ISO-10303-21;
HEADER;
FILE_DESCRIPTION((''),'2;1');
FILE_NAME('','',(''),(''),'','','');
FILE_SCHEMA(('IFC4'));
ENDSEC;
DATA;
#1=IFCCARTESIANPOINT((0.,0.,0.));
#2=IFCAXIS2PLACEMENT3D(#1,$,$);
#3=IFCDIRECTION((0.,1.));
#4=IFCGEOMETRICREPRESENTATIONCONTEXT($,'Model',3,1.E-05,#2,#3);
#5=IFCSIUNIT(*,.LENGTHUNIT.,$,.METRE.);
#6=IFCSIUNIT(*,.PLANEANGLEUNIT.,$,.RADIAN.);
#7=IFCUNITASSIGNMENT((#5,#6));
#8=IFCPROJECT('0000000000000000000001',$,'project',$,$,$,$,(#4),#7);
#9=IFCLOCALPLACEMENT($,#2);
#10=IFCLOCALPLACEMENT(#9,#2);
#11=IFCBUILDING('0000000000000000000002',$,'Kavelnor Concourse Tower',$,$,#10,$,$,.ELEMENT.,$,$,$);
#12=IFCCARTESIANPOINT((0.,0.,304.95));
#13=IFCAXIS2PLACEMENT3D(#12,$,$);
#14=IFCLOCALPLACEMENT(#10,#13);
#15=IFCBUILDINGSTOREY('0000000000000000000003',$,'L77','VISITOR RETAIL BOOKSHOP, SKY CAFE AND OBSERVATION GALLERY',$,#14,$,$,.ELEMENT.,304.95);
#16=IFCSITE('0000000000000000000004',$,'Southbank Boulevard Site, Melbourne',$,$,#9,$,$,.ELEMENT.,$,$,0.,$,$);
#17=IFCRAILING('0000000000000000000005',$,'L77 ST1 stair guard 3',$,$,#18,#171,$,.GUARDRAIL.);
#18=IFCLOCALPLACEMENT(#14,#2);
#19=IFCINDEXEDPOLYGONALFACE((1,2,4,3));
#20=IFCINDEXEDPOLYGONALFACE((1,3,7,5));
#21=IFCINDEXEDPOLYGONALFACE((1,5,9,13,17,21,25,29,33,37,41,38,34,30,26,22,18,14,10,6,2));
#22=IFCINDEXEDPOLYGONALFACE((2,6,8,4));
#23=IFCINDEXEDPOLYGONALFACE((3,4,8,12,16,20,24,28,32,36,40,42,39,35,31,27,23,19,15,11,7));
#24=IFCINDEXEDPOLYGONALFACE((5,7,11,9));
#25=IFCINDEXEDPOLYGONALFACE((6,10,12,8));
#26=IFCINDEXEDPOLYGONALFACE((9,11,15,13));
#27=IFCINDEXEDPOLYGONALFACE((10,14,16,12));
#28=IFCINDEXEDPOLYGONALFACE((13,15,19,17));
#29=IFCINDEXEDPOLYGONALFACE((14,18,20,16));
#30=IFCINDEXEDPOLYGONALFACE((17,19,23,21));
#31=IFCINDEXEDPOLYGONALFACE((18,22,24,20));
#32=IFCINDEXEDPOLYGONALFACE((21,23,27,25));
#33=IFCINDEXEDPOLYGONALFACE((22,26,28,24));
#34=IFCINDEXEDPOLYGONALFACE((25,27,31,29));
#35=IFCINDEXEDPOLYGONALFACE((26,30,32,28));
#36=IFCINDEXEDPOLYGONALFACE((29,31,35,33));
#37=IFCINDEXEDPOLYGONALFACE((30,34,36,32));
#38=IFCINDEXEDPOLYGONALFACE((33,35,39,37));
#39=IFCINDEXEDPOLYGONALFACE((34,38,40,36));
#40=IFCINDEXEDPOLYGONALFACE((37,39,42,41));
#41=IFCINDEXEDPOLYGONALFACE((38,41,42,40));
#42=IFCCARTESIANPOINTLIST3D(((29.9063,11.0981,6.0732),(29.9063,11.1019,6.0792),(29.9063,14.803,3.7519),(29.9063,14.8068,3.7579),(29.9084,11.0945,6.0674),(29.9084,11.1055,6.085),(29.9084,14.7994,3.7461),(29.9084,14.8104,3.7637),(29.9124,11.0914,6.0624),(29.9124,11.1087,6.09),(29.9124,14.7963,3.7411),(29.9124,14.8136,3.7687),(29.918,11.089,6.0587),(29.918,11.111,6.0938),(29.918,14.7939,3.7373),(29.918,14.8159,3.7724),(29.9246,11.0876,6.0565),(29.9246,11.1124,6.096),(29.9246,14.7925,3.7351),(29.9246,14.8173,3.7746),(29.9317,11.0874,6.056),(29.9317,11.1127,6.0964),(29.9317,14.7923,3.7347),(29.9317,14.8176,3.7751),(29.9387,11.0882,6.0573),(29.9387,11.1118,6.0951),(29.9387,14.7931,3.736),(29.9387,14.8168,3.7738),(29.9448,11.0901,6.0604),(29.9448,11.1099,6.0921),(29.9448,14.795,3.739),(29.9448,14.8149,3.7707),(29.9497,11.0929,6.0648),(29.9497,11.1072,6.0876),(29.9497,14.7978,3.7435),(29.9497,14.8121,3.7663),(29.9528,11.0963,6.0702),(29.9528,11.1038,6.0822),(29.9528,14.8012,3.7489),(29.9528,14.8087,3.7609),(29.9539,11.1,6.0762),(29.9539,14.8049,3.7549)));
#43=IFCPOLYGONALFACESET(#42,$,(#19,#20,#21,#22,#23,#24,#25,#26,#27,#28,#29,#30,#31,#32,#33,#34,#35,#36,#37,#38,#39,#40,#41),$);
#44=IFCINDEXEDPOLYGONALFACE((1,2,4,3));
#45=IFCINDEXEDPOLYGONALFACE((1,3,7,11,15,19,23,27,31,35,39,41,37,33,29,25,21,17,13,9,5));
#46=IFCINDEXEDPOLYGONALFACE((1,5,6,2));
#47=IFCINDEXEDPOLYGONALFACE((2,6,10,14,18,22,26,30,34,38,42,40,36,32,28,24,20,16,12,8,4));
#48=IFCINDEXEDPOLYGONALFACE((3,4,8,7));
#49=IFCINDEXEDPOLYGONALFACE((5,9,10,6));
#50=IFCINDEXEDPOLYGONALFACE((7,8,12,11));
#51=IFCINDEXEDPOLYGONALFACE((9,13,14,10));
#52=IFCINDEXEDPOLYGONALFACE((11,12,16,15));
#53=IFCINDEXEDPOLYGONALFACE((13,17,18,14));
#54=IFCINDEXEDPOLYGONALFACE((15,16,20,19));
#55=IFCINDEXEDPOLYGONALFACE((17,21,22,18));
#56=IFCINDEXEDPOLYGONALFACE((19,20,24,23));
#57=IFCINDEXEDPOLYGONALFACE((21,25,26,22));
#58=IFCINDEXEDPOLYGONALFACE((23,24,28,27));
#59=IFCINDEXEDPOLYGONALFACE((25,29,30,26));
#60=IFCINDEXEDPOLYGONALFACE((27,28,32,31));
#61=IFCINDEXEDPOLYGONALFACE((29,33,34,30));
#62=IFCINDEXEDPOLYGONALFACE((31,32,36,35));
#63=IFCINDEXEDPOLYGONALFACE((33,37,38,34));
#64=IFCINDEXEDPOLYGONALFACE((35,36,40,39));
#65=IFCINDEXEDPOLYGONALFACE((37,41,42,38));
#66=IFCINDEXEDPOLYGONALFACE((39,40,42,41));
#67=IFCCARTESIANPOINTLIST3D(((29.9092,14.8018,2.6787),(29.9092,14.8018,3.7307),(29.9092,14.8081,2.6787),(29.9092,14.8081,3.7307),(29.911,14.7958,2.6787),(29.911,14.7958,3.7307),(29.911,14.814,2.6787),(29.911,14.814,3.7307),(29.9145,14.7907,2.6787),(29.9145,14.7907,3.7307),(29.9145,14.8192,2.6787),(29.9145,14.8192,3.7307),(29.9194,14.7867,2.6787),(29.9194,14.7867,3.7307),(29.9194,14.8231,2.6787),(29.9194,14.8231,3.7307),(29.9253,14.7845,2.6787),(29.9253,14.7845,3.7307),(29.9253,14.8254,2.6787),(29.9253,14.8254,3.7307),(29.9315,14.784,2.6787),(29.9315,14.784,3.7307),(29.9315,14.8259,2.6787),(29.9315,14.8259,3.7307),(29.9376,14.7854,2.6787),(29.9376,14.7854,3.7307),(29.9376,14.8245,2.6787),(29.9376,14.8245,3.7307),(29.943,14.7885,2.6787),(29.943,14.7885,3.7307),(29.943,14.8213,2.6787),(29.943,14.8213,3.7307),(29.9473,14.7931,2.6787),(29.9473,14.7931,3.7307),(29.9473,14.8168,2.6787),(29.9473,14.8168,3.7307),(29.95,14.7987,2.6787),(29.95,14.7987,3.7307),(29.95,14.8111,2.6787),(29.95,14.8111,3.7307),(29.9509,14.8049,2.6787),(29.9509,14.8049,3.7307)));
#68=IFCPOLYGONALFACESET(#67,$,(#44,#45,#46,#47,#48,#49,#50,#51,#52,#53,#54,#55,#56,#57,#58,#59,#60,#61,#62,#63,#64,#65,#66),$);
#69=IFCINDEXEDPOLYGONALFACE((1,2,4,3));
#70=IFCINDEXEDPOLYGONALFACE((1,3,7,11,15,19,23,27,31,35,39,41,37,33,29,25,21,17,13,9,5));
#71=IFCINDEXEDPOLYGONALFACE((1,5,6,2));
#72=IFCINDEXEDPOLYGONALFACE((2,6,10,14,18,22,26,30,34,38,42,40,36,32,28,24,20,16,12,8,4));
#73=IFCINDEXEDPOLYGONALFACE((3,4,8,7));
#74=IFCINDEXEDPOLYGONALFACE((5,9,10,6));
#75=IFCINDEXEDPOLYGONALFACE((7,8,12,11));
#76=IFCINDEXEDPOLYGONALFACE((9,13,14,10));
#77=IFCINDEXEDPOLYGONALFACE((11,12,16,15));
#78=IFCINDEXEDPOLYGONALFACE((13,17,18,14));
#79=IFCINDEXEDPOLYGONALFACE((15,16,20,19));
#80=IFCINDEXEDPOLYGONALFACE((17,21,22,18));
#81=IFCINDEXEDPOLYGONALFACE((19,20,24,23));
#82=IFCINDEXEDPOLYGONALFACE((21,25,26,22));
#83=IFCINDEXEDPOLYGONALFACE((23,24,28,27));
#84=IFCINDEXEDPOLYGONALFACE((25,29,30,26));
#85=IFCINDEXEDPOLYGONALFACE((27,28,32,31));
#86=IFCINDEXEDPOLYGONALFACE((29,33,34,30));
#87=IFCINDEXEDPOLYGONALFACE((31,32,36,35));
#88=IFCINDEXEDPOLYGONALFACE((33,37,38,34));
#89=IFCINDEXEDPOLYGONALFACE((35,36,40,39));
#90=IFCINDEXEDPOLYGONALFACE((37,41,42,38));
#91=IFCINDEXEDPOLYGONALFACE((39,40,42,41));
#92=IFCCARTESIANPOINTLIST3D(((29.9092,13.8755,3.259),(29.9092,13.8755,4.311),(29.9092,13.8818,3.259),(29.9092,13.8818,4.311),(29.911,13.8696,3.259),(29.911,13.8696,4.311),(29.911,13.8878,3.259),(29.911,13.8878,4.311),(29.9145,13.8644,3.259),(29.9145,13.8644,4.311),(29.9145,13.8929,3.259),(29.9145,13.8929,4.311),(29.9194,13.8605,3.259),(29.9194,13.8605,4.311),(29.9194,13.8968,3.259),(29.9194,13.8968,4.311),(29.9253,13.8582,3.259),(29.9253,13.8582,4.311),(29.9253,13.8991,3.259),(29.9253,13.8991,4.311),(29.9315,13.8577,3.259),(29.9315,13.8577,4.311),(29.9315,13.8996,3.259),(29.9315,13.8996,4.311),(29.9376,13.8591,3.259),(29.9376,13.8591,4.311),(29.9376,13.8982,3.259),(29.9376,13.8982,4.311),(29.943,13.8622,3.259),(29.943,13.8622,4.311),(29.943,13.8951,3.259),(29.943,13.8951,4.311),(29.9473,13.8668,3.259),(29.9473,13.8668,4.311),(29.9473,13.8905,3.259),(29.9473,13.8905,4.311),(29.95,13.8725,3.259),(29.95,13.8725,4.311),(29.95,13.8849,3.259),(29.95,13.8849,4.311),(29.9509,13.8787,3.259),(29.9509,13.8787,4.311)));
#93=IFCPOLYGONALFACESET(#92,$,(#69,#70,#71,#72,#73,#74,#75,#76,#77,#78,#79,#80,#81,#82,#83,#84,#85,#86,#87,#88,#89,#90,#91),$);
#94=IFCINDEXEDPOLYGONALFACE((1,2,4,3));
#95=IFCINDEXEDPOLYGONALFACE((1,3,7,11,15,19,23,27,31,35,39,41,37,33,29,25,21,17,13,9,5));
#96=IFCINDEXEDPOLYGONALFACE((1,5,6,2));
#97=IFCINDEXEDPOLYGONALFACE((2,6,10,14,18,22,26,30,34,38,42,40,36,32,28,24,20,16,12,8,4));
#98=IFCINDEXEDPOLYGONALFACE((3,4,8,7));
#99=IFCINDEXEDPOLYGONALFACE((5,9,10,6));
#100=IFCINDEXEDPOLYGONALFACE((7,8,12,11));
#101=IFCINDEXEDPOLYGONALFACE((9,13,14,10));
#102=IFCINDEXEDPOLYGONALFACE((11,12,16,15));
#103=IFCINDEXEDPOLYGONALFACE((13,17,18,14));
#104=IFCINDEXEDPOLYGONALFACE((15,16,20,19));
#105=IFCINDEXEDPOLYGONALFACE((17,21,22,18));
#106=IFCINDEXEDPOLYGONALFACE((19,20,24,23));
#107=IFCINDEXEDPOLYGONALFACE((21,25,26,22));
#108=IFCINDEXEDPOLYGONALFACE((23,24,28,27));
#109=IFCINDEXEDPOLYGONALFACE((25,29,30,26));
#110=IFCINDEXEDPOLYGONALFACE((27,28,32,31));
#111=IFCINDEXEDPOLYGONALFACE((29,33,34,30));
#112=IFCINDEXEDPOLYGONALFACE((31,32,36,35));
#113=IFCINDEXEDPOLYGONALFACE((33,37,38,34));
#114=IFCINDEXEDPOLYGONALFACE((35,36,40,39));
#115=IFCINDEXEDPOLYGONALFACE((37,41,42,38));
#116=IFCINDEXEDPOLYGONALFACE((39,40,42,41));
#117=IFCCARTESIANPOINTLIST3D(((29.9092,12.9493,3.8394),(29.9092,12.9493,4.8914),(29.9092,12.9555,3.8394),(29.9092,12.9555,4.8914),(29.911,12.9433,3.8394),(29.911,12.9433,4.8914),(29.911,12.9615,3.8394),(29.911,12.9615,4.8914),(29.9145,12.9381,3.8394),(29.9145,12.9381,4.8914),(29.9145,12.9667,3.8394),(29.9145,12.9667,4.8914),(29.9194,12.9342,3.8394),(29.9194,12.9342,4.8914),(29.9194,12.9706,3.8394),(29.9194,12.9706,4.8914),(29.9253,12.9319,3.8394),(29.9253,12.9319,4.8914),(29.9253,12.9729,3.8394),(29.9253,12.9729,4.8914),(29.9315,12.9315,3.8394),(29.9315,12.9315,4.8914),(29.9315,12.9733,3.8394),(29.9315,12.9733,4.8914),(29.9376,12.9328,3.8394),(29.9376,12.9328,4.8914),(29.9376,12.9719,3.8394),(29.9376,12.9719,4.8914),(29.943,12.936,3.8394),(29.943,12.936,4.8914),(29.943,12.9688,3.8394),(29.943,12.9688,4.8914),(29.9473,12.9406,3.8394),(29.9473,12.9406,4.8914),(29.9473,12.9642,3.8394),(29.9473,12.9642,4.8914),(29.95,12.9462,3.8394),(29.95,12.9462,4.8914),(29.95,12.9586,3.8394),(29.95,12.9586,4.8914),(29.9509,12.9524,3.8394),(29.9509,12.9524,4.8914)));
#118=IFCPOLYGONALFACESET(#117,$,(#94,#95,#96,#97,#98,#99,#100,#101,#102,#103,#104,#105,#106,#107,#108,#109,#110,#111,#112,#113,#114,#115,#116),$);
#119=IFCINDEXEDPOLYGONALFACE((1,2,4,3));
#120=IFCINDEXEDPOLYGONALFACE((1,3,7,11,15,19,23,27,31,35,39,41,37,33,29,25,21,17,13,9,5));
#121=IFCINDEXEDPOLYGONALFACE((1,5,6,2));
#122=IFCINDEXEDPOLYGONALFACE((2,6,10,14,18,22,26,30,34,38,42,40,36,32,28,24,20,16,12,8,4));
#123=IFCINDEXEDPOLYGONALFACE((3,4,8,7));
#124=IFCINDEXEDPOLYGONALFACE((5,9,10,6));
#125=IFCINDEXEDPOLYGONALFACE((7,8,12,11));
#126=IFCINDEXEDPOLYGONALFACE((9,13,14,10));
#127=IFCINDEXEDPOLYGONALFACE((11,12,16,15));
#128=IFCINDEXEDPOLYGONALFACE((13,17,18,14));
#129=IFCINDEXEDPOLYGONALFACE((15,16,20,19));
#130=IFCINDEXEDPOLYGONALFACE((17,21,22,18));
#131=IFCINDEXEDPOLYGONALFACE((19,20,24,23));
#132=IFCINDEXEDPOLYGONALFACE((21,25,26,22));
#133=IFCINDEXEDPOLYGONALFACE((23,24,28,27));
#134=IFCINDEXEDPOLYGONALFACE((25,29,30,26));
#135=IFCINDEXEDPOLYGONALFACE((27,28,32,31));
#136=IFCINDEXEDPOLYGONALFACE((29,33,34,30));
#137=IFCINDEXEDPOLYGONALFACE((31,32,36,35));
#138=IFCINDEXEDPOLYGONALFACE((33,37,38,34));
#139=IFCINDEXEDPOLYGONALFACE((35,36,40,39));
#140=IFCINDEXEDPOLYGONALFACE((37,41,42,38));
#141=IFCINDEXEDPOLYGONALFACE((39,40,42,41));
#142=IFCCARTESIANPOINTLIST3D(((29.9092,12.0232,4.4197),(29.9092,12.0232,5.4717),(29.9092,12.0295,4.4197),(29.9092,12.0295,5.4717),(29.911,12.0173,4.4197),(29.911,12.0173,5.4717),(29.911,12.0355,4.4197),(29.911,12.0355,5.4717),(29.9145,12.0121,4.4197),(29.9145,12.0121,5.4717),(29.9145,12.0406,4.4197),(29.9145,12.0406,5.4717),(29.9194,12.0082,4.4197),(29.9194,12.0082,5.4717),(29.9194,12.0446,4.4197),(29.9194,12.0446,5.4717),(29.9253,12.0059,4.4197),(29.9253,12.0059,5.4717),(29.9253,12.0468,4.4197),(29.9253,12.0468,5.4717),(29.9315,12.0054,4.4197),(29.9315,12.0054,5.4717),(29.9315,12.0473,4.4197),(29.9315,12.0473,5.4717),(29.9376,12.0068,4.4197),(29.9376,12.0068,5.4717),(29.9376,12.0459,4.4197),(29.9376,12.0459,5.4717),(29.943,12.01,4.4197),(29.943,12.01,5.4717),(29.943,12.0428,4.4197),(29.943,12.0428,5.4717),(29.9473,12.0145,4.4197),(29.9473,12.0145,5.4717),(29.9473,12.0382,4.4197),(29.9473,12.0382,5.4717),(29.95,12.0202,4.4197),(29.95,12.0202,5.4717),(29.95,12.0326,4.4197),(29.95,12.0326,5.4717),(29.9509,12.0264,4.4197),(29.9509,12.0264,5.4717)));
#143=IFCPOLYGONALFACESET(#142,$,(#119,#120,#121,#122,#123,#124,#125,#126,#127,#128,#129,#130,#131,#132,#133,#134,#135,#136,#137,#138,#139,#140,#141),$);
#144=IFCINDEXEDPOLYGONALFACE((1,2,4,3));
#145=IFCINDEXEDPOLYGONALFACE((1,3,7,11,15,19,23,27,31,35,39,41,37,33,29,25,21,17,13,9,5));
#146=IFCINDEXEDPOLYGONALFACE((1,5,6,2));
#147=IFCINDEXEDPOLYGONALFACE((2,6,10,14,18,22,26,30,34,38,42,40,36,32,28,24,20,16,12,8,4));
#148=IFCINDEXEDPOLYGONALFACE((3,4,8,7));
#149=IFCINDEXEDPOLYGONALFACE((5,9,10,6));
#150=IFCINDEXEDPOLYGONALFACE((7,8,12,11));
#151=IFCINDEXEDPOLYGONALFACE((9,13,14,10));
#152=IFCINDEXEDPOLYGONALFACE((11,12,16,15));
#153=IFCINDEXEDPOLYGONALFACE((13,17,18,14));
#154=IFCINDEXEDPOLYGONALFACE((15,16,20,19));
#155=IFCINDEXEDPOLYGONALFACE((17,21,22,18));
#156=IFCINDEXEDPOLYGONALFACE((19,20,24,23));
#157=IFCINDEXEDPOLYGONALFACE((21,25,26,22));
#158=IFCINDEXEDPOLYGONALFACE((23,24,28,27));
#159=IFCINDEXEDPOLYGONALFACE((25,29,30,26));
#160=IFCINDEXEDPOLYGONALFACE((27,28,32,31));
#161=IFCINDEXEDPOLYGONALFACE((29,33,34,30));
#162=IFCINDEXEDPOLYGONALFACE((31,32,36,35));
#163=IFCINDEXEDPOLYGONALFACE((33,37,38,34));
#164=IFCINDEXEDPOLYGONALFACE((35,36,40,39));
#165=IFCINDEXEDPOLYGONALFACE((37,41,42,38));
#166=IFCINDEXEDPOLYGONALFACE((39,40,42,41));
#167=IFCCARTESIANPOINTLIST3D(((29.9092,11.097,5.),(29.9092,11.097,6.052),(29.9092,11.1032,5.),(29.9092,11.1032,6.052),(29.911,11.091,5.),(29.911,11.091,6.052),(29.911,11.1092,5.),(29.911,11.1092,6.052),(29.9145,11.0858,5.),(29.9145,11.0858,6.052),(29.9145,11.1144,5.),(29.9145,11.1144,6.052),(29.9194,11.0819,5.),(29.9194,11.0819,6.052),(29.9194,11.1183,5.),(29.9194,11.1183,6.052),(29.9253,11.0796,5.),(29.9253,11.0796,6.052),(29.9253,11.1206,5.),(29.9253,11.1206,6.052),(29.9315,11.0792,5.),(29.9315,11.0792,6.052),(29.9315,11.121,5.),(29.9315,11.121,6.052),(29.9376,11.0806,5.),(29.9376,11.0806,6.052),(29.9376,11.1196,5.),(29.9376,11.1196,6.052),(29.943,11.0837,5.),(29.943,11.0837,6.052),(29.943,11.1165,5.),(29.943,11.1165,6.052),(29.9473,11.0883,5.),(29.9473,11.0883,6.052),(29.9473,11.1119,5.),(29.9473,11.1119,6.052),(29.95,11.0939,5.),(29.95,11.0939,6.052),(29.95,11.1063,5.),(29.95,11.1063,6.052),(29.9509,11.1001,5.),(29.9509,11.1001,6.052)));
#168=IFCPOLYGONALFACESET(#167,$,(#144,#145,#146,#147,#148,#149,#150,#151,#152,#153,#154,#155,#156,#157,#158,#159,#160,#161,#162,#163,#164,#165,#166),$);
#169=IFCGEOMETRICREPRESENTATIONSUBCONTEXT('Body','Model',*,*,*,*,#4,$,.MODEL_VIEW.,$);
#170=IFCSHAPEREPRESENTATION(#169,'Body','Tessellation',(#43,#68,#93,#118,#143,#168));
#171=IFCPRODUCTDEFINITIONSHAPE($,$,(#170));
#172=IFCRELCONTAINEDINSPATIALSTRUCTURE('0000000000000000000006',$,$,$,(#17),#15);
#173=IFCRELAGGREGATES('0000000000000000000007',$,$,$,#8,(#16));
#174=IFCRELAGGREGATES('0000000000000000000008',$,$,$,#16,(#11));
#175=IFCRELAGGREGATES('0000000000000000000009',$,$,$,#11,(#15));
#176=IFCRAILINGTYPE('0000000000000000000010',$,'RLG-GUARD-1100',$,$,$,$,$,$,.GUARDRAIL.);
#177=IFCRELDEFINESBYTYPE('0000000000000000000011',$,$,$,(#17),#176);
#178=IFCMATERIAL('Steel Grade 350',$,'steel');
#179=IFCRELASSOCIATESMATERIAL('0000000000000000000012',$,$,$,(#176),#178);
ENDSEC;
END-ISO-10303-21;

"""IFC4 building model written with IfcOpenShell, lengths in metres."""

from ifc_helpers import new_model, si_unit, direction, frame, origin, origin_2d, place, context, subcontext, project, spatial, circle, extrude, material, type_object, element, save


model = new_model("IFC4")

# Units and contexts
model_context = context("Model", 3, precision=1e-05, world=origin(), true_north=direction((0.0, 1.0)))
body_context = subcontext(model_context, "Body", "Model", "MODEL_VIEW")
ifc_project = project(units=[si_unit("LENGTHUNIT", "METRE"), si_unit("PLANEANGLEUNIT", "RADIAN")], contexts=[model_context])

# Site, building, storey
site_placement = place(None, origin())
site = spatial("IfcSite", under=ifc_project, at=site_placement, Name="Southbank Boulevard Site, Melbourne", CompositionType="ELEMENT", RefElevation=0.0)
building_placement = place(site_placement, origin())
building = spatial("IfcBuilding", under=site, at=building_placement, Name="Kavelnor Concourse Tower", CompositionType="ELEMENT")
storey_placement = place(building_placement, frame((0.0, 0.0, 304.95)))
storey = spatial("IfcBuildingStorey", under=building, at=storey_placement, Name="L77", Description="VISITOR RETAIL BOOKSHOP, SKY CAFE AND OBSERVATION GALLERY", CompositionType="ELEMENT", Elevation=304.95)

# Shared definitions
ifc_material_1 = material(Name="Steel Grade 350", Category="steel")

# Railing
railing_type_1 = type_object("IfcRailingType", Name="RLG-GUARD-1100", PredefinedType="GUARDRAIL", material=ifc_material_1)
railing_1_placement = place(storey_placement, frame((29.9299, 14.8049, 2.6787)))
element("IfcRailing", 1, at=railing_1_placement, inside=storey, type_object=railing_type_1, Name="L77 ST1 stair guard 3", PredefinedType="GUARDRAIL", context=body_context, shape_type="SweptSolid", body=[
    extrude(circle(Radius=0.0239, at=origin_2d()), frame((0.0, 0.0, 1.0762), z_axis=(0.0, -0.847405, 0.530947), x_axis=(1.0, 0.0, 0.0)), (0.0, 0.0, 1.0), 4.3721),
    extrude(circle(Radius=0.021, at=origin_2d()), origin(), (0.0, 0.0, 1.0), 1.052),
    extrude(circle(Radius=0.021, at=origin_2d()), frame((0.0, -0.9263, 0.5803)), (0.0, 0.0, 1.0), 1.052),
    extrude(circle(Radius=0.021, at=origin_2d()), frame((0.0, -1.8525, 1.1606)), (0.0, 0.0, 1.0), 1.052),
    extrude(circle(Radius=0.021, at=origin_2d()), frame((0.0, -2.7786, 1.741)), (0.0, 0.0, 1.0), 1.052),
    extrude(circle(Radius=0.021, at=origin_2d()), frame((0.0, -3.7048, 2.3213)), (0.0, 0.0, 1.0), 1.052),
])

save(model, "model.ifc")
